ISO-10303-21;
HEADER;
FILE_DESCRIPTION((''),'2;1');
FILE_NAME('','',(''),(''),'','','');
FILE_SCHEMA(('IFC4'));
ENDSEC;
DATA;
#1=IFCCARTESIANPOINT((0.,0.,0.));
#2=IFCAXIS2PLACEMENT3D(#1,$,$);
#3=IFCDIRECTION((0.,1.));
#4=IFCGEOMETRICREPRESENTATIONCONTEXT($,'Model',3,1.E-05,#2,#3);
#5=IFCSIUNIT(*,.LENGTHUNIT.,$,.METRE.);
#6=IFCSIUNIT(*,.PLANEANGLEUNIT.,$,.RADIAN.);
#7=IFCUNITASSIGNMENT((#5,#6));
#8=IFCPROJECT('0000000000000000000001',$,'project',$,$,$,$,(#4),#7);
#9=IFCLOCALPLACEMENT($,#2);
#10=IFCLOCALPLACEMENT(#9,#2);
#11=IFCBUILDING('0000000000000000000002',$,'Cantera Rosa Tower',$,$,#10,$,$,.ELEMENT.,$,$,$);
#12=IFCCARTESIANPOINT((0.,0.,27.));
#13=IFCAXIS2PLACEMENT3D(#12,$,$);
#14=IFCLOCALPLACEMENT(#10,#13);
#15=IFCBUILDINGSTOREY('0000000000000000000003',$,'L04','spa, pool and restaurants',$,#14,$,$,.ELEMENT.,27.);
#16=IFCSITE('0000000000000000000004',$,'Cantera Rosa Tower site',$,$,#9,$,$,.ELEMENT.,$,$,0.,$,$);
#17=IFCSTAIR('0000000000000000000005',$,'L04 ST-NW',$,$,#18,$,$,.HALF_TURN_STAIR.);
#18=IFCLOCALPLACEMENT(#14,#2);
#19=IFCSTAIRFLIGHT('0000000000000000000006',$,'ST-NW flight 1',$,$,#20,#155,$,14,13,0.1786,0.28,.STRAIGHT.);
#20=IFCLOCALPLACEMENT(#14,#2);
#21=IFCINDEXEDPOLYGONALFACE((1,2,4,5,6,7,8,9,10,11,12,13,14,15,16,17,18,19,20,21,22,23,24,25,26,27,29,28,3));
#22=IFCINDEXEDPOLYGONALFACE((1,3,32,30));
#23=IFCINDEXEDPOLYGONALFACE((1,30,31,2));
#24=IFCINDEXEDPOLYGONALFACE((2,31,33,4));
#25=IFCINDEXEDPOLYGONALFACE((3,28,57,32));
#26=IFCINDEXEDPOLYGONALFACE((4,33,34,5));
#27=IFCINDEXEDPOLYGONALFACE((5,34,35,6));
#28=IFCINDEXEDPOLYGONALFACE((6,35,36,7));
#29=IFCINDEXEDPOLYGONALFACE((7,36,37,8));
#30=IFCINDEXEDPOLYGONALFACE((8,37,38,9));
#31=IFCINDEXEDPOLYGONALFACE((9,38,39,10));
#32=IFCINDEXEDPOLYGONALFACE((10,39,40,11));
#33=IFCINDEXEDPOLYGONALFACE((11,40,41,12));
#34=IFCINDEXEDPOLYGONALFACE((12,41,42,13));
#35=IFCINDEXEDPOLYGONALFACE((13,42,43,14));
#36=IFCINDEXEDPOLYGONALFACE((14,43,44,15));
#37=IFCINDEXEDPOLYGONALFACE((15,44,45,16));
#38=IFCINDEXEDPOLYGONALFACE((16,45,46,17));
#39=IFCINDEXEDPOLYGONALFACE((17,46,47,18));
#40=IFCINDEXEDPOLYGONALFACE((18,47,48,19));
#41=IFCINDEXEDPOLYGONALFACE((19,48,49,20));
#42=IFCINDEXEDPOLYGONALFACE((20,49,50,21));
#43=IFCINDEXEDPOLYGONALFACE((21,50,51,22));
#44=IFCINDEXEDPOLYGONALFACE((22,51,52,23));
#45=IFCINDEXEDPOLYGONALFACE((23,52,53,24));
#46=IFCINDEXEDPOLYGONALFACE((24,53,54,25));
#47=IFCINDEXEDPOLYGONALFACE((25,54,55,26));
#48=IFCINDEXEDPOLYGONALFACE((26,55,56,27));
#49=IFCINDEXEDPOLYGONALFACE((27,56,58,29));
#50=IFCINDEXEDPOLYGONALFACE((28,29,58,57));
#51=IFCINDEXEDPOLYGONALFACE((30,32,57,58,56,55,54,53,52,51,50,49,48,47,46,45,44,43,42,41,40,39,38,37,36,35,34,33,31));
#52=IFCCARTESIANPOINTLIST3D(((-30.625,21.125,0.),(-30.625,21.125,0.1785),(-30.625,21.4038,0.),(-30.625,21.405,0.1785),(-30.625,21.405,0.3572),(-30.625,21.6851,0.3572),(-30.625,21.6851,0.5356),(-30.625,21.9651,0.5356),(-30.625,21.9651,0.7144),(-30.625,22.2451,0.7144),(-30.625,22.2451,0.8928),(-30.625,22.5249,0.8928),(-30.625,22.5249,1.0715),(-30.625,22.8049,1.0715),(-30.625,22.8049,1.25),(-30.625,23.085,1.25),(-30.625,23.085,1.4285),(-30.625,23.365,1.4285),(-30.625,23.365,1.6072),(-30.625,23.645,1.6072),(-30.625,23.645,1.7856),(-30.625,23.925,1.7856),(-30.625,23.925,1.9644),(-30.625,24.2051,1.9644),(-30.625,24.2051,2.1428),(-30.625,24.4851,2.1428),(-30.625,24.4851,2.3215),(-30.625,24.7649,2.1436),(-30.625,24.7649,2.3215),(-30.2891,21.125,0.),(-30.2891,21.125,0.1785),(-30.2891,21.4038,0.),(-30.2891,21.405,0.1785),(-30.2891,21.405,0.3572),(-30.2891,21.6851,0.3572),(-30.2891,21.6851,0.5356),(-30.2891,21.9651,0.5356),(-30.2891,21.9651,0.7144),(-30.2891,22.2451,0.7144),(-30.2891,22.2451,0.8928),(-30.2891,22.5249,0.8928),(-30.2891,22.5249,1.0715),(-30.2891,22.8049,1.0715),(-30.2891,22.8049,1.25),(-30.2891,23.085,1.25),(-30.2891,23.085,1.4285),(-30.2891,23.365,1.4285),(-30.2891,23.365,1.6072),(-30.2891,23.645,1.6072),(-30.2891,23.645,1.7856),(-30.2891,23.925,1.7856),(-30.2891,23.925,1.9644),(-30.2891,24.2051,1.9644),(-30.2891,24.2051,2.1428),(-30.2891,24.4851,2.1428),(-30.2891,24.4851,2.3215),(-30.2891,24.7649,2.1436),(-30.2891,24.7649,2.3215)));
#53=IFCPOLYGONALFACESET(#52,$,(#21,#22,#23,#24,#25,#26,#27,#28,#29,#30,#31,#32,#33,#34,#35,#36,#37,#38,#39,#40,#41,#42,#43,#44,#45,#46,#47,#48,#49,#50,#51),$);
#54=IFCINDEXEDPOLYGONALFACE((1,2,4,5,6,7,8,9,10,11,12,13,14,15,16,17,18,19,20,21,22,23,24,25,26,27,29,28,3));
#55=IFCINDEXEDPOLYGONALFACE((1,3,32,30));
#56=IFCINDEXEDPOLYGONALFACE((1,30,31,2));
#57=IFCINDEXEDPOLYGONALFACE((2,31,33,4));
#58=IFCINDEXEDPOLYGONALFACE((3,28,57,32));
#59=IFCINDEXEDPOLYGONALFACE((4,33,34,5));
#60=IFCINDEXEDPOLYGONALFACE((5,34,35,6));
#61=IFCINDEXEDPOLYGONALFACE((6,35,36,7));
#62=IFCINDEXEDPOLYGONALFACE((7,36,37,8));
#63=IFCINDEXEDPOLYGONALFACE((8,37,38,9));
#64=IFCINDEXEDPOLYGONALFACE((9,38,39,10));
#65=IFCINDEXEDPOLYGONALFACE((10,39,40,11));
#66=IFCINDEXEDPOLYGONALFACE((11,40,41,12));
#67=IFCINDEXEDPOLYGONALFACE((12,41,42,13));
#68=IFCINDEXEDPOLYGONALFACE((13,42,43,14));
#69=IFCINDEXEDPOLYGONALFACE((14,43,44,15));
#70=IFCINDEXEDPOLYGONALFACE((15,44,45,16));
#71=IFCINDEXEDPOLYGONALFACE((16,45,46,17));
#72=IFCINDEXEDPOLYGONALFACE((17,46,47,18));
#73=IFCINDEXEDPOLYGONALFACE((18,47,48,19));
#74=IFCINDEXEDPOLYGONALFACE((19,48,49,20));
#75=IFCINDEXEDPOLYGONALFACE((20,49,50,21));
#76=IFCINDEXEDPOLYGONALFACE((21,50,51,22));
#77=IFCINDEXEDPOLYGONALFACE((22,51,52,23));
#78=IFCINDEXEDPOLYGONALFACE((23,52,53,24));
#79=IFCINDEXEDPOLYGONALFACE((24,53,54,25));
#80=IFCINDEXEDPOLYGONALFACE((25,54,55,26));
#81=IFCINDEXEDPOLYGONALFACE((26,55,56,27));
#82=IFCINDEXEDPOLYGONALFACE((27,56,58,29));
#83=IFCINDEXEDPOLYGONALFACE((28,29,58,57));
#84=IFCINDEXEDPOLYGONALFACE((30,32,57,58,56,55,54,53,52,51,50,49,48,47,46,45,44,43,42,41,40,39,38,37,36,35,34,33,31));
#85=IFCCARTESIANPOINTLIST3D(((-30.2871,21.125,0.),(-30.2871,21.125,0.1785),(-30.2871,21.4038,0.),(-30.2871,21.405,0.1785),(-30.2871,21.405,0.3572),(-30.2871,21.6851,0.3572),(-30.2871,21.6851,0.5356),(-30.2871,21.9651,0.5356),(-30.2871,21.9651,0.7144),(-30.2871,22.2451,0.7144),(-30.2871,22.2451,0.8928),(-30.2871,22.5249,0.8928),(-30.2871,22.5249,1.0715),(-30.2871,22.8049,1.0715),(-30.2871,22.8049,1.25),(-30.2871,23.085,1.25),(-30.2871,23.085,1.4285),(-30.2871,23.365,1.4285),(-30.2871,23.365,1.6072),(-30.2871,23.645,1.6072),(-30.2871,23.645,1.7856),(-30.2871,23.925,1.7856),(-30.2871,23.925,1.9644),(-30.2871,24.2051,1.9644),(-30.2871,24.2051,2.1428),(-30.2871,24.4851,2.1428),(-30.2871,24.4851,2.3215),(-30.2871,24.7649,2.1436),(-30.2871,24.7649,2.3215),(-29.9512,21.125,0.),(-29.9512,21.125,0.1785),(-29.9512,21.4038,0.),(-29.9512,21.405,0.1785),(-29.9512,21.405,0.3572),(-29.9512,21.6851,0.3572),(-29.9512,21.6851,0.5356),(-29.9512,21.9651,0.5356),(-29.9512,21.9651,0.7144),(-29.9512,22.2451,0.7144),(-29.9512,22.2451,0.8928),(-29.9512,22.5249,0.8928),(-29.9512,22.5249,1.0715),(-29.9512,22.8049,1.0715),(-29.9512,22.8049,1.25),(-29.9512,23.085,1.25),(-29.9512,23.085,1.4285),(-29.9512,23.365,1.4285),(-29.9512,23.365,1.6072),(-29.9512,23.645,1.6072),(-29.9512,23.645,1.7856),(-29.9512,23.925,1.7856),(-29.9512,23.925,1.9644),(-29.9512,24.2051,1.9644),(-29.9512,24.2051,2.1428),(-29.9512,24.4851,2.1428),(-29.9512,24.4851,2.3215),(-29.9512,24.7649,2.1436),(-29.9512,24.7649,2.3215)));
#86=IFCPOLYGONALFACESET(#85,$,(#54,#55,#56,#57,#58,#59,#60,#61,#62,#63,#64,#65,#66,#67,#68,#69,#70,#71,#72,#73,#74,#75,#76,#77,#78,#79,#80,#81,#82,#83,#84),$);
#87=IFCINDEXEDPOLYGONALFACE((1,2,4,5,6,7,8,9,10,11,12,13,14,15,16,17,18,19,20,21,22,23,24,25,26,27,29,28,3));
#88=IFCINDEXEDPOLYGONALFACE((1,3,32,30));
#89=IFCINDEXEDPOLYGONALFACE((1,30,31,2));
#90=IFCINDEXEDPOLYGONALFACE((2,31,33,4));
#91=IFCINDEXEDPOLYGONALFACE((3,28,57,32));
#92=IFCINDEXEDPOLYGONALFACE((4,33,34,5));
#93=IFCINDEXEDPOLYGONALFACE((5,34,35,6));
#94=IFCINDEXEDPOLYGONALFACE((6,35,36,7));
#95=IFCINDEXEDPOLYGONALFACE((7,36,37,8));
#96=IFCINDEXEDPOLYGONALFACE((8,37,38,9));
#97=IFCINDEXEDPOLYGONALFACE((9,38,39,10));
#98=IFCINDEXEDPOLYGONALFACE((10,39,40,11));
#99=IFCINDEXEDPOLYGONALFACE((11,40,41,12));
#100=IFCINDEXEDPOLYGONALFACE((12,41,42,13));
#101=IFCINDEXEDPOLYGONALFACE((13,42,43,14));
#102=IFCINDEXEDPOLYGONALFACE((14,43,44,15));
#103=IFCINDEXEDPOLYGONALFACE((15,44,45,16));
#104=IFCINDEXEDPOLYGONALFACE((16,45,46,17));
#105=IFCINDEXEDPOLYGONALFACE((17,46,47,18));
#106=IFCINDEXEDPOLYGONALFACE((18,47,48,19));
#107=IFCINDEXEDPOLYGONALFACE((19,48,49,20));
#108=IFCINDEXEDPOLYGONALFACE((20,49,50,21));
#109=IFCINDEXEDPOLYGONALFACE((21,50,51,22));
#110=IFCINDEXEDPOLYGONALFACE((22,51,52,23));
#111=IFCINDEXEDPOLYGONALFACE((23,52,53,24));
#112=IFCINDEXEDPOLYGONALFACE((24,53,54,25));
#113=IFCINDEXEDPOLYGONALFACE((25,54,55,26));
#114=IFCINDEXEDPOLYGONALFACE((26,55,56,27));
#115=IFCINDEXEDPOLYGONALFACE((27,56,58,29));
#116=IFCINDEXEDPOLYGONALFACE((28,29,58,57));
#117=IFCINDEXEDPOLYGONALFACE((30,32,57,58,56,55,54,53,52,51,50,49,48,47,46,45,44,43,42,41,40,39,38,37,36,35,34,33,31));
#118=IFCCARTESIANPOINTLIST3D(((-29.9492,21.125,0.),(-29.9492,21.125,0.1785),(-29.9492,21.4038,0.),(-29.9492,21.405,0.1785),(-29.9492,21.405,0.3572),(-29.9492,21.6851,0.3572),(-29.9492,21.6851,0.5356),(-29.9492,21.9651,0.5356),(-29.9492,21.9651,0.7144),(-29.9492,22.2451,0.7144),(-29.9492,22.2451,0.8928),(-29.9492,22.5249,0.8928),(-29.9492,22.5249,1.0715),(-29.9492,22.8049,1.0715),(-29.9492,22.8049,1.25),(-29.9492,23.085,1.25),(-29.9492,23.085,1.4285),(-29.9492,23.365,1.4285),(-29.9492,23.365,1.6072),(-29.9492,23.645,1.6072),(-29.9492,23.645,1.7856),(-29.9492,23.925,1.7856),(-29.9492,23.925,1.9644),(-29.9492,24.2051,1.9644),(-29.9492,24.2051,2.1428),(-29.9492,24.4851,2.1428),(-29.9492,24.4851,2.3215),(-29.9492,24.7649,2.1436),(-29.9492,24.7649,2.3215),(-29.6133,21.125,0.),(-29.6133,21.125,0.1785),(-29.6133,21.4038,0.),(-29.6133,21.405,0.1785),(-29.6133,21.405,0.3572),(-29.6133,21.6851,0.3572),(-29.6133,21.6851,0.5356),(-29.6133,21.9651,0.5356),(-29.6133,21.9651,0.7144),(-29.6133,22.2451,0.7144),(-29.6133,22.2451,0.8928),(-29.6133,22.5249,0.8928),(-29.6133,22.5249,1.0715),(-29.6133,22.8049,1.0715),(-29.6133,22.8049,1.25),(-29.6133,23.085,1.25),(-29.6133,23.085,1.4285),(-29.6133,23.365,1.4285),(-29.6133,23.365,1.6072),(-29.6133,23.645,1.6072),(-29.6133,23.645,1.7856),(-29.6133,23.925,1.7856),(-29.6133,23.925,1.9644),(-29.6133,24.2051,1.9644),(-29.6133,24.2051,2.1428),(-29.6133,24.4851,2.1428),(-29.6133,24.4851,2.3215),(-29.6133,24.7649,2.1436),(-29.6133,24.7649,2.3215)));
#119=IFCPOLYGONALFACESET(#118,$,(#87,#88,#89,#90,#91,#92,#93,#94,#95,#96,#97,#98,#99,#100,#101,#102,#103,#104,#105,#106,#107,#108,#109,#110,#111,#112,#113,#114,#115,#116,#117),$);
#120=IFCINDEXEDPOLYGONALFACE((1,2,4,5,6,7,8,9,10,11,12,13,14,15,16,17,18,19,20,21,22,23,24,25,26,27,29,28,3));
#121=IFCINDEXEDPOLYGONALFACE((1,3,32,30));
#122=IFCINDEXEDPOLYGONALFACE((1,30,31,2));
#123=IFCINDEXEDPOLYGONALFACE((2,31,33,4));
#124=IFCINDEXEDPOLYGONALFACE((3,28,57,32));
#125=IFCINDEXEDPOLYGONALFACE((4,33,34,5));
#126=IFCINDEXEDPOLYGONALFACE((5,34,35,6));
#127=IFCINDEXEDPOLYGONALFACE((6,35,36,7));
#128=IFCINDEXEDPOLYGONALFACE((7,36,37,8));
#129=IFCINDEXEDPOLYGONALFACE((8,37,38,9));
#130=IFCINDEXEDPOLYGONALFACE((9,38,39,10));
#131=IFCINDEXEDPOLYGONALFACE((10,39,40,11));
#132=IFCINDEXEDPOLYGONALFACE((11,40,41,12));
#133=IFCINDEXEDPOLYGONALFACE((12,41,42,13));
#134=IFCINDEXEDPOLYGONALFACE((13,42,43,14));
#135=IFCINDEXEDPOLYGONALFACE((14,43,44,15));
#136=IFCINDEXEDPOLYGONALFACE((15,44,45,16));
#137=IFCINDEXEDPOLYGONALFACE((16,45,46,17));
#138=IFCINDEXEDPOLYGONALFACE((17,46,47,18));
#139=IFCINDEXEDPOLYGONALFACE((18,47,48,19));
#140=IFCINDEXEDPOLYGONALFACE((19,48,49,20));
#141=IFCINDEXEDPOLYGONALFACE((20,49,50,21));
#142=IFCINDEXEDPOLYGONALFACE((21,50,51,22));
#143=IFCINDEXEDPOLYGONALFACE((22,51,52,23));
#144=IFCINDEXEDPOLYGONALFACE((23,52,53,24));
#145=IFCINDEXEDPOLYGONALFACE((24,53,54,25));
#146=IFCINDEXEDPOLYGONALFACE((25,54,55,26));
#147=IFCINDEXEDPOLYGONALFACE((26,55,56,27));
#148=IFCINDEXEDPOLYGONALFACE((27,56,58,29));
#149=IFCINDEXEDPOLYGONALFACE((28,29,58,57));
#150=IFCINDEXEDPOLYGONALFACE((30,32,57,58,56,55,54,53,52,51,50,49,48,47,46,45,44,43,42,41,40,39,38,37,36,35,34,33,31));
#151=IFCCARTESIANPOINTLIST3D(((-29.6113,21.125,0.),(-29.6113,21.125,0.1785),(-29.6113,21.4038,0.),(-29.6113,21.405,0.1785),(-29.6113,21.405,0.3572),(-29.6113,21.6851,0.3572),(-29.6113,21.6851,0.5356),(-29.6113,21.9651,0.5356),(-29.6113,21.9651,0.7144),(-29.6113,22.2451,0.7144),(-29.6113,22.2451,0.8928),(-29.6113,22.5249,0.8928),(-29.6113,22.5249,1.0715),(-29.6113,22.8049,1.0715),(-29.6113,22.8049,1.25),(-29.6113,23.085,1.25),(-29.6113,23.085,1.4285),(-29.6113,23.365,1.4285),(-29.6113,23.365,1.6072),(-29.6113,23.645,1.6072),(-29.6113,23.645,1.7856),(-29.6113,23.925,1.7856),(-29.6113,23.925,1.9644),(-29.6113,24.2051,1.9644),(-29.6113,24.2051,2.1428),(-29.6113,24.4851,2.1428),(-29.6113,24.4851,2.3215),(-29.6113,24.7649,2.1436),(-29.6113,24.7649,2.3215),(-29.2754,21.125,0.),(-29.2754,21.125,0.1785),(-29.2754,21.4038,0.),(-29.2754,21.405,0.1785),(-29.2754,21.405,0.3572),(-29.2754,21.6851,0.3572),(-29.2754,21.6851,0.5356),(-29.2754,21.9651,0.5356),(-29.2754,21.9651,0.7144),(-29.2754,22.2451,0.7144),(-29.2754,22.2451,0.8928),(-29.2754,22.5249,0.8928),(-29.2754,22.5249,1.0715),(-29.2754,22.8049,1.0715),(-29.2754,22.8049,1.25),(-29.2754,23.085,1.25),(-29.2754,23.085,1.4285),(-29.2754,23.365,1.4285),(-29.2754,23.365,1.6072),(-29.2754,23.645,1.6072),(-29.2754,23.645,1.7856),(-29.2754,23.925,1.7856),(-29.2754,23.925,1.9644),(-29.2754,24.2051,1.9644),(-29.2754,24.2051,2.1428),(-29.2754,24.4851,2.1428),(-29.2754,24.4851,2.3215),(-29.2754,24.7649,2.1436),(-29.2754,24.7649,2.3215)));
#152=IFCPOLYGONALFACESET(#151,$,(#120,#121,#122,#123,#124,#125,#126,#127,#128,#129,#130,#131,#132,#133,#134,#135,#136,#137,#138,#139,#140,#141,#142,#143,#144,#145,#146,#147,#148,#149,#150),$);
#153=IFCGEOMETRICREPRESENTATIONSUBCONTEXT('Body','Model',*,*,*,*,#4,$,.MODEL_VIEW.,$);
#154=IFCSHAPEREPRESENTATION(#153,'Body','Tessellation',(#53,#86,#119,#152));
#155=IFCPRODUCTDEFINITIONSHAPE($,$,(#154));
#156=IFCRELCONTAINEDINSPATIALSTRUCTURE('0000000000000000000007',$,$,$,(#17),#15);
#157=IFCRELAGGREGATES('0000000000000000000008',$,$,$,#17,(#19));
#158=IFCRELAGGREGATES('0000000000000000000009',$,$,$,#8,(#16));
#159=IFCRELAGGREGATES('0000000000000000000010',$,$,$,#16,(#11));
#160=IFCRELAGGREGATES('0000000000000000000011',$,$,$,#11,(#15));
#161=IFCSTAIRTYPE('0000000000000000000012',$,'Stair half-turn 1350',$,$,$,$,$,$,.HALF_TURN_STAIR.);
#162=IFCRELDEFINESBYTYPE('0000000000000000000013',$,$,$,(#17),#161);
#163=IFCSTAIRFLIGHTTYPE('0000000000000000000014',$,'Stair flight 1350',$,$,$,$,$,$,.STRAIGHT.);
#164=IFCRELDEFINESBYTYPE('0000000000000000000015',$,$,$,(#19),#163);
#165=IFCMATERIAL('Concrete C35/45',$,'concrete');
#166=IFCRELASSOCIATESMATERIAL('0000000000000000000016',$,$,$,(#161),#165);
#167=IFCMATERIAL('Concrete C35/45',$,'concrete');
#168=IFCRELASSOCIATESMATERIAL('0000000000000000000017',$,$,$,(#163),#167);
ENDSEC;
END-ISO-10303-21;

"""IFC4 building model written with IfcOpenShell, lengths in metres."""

from ifc_helpers import new_model, si_unit, direction, frame, origin, place, context, subcontext, project, spatial, polyline, outline, extrude, material, type_object, element, aggregate, save


model = new_model("IFC4")

# Units and contexts
model_context = context("Model", 3, precision=1e-05, world=origin(), true_north=direction((0.0, 1.0)))
body_context = subcontext(model_context, "Body", "Model", "MODEL_VIEW")
ifc_project = project(units=[si_unit("LENGTHUNIT", "METRE"), si_unit("PLANEANGLEUNIT", "RADIAN")], contexts=[model_context])

# Site, building, storey
site_placement = place(None, origin())
site = spatial("IfcSite", under=ifc_project, at=site_placement, Name="Cantera Rosa Tower site", CompositionType="ELEMENT", RefElevation=0.0)
building_placement = place(site_placement, origin())
building = spatial("IfcBuilding", under=site, at=building_placement, Name="Cantera Rosa Tower", CompositionType="ELEMENT")
storey_placement = place(building_placement, frame((0.0, 0.0, 27.0)))
storey = spatial("IfcBuildingStorey", under=building, at=storey_placement, Name="L04", Description="spa, pool and restaurants", CompositionType="ELEMENT", Elevation=27.0)

# Stair, stair flight
ifc_material_1 = material(Name="Concrete C35/45", Category="concrete")
stair_type = type_object("IfcStairType", Name="Stair half-turn 1350", PredefinedType="HALF_TURN_STAIR", material=ifc_material_1)
stair_placement = place(storey_placement, origin())
stair = element("IfcStair", 1, at=stair_placement, inside=storey, type_object=stair_type, Name="L04 ST-NW", PredefinedType="HALF_TURN_STAIR")
ifc_material_2 = material(Name="Concrete C35/45", Category="concrete")
stair_flight_type = type_object("IfcStairFlightType", Name="Stair flight 1350", PredefinedType="STRAIGHT", material=ifc_material_2)
stair_flight_1_placement = place(storey_placement, frame((-29.95, 21.125, 0.0), z_axis=(0.0, 0.0, 1.0), x_axis=(0.0, 1.0, 0.0)))
stair_flight_1 = element("IfcStairFlight", 2, at=stair_flight_1_placement, type_object=stair_flight_type, Name="ST-NW flight 1", NumberOfRisers=14, NumberOfTreads=13, PredefinedType="STRAIGHT", RiserHeight=0.1786, TreadLength=0.28, context=body_context, shape_type="SweptSolid", body=[
    extrude(outline(polyline([(0.0, 0.0), (0.0, 0.1785), (0.28, 0.1785), (0.28, 0.3572), (0.5601, 0.3572), (0.5601, 0.5356), (0.8401, 0.5356), (0.8401, 0.7144), (1.1201, 0.7144), (1.1201, 0.8928), (1.3999, 0.8928), (1.3999, 1.0715), (1.6799, 1.0715), (1.6799, 1.25), (1.96, 1.25), (1.96, 1.4285), (2.24, 1.4285), (2.24, 1.6072), (2.52, 1.6072), (2.52, 1.7856), (2.8, 1.7856), (2.8, 1.9644), (3.0801, 1.9644), (3.0801, 2.1428), (3.3601, 2.1428), (3.3601, 2.3215), (3.6399, 2.3215), (3.6399, 2.5), (3.6399, 2.1436), (0.2788, 0.0), (0.0, 0.0)])), frame((0.0, 0.675, 0.0), z_axis=(0.0, -1.0, 0.0), x_axis=(1.0, 0.0, 0.0)), (0.0, 0.0, 1.0), 0.3359),
    extrude(outline(polyline([(0.0, 0.0), (0.0, 0.1785), (0.28, 0.1785), (0.28, 0.3572), (0.5601, 0.3572), (0.5601, 0.5356), (0.8401, 0.5356), (0.8401, 0.7144), (1.1201, 0.7144), (1.1201, 0.8928), (1.3999, 0.8928), (1.3999, 1.0715), (1.6799, 1.0715), (1.6799, 1.25), (1.96, 1.25), (1.96, 1.4285), (2.24, 1.4285), (2.24, 1.6072), (2.52, 1.6072), (2.52, 1.7856), (2.8, 1.7856), (2.8, 1.9644), (3.0801, 1.9644), (3.0801, 2.1428), (3.3601, 2.1428), (3.3601, 2.3215), (3.6399, 2.3215), (3.6399, 2.5), (3.6399, 2.1436), (0.2788, 0.0), (0.0, 0.0)])), frame((0.0, 0.3372, 0.0), z_axis=(0.0, -1.0, 0.0), x_axis=(1.0, 0.0, 0.0)), (0.0, 0.0, 1.0), 0.3359),
    extrude(outline(polyline([(0.0, 0.0), (0.0, 0.1785), (0.28, 0.1785), (0.28, 0.3572), (0.5601, 0.3572), (0.5601, 0.5356), (0.8401, 0.5356), (0.8401, 0.7144), (1.1201, 0.7144), (1.1201, 0.8928), (1.3999, 0.8928), (1.3999, 1.0715), (1.6799, 1.0715), (1.6799, 1.25), (1.96, 1.25), (1.96, 1.4285), (2.24, 1.4285), (2.24, 1.6072), (2.52, 1.6072), (2.52, 1.7856), (2.8, 1.7856), (2.8, 1.9644), (3.0801, 1.9644), (3.0801, 2.1428), (3.3601, 2.1428), (3.3601, 2.3215), (3.6399, 2.3215), (3.6399, 2.5), (3.6399, 2.1436), (0.2788, 0.0), (0.0, 0.0)])), frame((0.0, -0.0007, 0.0), z_axis=(0.0, -1.0, 0.0), x_axis=(1.0, 0.0, 0.0)), (0.0, 0.0, 1.0), 0.3359),
    extrude(outline(polyline([(0.0, 0.0), (0.0, 0.1785), (0.28, 0.1785), (0.28, 0.3572), (0.5601, 0.3572), (0.5601, 0.5356), (0.8401, 0.5356), (0.8401, 0.7144), (1.1201, 0.7144), (1.1201, 0.8928), (1.3999, 0.8928), (1.3999, 1.0715), (1.6799, 1.0715), (1.6799, 1.25), (1.96, 1.25), (1.96, 1.4285), (2.24, 1.4285), (2.24, 1.6072), (2.52, 1.6072), (2.52, 1.7856), (2.8, 1.7856), (2.8, 1.9644), (3.0801, 1.9644), (3.0801, 2.1428), (3.3601, 2.1428), (3.3601, 2.3215), (3.6399, 2.3215), (3.6399, 2.5), (3.6399, 2.1436), (0.2788, 0.0), (0.0, 0.0)])), frame((0.0, -0.3386, 0.0), z_axis=(0.0, -1.0, 0.0), x_axis=(1.0, 0.0, 0.0)), (0.0, 0.0, 1.0), 0.3359),
])
aggregate(stair, [stair_flight_1])

save(model, "model.ifc")
